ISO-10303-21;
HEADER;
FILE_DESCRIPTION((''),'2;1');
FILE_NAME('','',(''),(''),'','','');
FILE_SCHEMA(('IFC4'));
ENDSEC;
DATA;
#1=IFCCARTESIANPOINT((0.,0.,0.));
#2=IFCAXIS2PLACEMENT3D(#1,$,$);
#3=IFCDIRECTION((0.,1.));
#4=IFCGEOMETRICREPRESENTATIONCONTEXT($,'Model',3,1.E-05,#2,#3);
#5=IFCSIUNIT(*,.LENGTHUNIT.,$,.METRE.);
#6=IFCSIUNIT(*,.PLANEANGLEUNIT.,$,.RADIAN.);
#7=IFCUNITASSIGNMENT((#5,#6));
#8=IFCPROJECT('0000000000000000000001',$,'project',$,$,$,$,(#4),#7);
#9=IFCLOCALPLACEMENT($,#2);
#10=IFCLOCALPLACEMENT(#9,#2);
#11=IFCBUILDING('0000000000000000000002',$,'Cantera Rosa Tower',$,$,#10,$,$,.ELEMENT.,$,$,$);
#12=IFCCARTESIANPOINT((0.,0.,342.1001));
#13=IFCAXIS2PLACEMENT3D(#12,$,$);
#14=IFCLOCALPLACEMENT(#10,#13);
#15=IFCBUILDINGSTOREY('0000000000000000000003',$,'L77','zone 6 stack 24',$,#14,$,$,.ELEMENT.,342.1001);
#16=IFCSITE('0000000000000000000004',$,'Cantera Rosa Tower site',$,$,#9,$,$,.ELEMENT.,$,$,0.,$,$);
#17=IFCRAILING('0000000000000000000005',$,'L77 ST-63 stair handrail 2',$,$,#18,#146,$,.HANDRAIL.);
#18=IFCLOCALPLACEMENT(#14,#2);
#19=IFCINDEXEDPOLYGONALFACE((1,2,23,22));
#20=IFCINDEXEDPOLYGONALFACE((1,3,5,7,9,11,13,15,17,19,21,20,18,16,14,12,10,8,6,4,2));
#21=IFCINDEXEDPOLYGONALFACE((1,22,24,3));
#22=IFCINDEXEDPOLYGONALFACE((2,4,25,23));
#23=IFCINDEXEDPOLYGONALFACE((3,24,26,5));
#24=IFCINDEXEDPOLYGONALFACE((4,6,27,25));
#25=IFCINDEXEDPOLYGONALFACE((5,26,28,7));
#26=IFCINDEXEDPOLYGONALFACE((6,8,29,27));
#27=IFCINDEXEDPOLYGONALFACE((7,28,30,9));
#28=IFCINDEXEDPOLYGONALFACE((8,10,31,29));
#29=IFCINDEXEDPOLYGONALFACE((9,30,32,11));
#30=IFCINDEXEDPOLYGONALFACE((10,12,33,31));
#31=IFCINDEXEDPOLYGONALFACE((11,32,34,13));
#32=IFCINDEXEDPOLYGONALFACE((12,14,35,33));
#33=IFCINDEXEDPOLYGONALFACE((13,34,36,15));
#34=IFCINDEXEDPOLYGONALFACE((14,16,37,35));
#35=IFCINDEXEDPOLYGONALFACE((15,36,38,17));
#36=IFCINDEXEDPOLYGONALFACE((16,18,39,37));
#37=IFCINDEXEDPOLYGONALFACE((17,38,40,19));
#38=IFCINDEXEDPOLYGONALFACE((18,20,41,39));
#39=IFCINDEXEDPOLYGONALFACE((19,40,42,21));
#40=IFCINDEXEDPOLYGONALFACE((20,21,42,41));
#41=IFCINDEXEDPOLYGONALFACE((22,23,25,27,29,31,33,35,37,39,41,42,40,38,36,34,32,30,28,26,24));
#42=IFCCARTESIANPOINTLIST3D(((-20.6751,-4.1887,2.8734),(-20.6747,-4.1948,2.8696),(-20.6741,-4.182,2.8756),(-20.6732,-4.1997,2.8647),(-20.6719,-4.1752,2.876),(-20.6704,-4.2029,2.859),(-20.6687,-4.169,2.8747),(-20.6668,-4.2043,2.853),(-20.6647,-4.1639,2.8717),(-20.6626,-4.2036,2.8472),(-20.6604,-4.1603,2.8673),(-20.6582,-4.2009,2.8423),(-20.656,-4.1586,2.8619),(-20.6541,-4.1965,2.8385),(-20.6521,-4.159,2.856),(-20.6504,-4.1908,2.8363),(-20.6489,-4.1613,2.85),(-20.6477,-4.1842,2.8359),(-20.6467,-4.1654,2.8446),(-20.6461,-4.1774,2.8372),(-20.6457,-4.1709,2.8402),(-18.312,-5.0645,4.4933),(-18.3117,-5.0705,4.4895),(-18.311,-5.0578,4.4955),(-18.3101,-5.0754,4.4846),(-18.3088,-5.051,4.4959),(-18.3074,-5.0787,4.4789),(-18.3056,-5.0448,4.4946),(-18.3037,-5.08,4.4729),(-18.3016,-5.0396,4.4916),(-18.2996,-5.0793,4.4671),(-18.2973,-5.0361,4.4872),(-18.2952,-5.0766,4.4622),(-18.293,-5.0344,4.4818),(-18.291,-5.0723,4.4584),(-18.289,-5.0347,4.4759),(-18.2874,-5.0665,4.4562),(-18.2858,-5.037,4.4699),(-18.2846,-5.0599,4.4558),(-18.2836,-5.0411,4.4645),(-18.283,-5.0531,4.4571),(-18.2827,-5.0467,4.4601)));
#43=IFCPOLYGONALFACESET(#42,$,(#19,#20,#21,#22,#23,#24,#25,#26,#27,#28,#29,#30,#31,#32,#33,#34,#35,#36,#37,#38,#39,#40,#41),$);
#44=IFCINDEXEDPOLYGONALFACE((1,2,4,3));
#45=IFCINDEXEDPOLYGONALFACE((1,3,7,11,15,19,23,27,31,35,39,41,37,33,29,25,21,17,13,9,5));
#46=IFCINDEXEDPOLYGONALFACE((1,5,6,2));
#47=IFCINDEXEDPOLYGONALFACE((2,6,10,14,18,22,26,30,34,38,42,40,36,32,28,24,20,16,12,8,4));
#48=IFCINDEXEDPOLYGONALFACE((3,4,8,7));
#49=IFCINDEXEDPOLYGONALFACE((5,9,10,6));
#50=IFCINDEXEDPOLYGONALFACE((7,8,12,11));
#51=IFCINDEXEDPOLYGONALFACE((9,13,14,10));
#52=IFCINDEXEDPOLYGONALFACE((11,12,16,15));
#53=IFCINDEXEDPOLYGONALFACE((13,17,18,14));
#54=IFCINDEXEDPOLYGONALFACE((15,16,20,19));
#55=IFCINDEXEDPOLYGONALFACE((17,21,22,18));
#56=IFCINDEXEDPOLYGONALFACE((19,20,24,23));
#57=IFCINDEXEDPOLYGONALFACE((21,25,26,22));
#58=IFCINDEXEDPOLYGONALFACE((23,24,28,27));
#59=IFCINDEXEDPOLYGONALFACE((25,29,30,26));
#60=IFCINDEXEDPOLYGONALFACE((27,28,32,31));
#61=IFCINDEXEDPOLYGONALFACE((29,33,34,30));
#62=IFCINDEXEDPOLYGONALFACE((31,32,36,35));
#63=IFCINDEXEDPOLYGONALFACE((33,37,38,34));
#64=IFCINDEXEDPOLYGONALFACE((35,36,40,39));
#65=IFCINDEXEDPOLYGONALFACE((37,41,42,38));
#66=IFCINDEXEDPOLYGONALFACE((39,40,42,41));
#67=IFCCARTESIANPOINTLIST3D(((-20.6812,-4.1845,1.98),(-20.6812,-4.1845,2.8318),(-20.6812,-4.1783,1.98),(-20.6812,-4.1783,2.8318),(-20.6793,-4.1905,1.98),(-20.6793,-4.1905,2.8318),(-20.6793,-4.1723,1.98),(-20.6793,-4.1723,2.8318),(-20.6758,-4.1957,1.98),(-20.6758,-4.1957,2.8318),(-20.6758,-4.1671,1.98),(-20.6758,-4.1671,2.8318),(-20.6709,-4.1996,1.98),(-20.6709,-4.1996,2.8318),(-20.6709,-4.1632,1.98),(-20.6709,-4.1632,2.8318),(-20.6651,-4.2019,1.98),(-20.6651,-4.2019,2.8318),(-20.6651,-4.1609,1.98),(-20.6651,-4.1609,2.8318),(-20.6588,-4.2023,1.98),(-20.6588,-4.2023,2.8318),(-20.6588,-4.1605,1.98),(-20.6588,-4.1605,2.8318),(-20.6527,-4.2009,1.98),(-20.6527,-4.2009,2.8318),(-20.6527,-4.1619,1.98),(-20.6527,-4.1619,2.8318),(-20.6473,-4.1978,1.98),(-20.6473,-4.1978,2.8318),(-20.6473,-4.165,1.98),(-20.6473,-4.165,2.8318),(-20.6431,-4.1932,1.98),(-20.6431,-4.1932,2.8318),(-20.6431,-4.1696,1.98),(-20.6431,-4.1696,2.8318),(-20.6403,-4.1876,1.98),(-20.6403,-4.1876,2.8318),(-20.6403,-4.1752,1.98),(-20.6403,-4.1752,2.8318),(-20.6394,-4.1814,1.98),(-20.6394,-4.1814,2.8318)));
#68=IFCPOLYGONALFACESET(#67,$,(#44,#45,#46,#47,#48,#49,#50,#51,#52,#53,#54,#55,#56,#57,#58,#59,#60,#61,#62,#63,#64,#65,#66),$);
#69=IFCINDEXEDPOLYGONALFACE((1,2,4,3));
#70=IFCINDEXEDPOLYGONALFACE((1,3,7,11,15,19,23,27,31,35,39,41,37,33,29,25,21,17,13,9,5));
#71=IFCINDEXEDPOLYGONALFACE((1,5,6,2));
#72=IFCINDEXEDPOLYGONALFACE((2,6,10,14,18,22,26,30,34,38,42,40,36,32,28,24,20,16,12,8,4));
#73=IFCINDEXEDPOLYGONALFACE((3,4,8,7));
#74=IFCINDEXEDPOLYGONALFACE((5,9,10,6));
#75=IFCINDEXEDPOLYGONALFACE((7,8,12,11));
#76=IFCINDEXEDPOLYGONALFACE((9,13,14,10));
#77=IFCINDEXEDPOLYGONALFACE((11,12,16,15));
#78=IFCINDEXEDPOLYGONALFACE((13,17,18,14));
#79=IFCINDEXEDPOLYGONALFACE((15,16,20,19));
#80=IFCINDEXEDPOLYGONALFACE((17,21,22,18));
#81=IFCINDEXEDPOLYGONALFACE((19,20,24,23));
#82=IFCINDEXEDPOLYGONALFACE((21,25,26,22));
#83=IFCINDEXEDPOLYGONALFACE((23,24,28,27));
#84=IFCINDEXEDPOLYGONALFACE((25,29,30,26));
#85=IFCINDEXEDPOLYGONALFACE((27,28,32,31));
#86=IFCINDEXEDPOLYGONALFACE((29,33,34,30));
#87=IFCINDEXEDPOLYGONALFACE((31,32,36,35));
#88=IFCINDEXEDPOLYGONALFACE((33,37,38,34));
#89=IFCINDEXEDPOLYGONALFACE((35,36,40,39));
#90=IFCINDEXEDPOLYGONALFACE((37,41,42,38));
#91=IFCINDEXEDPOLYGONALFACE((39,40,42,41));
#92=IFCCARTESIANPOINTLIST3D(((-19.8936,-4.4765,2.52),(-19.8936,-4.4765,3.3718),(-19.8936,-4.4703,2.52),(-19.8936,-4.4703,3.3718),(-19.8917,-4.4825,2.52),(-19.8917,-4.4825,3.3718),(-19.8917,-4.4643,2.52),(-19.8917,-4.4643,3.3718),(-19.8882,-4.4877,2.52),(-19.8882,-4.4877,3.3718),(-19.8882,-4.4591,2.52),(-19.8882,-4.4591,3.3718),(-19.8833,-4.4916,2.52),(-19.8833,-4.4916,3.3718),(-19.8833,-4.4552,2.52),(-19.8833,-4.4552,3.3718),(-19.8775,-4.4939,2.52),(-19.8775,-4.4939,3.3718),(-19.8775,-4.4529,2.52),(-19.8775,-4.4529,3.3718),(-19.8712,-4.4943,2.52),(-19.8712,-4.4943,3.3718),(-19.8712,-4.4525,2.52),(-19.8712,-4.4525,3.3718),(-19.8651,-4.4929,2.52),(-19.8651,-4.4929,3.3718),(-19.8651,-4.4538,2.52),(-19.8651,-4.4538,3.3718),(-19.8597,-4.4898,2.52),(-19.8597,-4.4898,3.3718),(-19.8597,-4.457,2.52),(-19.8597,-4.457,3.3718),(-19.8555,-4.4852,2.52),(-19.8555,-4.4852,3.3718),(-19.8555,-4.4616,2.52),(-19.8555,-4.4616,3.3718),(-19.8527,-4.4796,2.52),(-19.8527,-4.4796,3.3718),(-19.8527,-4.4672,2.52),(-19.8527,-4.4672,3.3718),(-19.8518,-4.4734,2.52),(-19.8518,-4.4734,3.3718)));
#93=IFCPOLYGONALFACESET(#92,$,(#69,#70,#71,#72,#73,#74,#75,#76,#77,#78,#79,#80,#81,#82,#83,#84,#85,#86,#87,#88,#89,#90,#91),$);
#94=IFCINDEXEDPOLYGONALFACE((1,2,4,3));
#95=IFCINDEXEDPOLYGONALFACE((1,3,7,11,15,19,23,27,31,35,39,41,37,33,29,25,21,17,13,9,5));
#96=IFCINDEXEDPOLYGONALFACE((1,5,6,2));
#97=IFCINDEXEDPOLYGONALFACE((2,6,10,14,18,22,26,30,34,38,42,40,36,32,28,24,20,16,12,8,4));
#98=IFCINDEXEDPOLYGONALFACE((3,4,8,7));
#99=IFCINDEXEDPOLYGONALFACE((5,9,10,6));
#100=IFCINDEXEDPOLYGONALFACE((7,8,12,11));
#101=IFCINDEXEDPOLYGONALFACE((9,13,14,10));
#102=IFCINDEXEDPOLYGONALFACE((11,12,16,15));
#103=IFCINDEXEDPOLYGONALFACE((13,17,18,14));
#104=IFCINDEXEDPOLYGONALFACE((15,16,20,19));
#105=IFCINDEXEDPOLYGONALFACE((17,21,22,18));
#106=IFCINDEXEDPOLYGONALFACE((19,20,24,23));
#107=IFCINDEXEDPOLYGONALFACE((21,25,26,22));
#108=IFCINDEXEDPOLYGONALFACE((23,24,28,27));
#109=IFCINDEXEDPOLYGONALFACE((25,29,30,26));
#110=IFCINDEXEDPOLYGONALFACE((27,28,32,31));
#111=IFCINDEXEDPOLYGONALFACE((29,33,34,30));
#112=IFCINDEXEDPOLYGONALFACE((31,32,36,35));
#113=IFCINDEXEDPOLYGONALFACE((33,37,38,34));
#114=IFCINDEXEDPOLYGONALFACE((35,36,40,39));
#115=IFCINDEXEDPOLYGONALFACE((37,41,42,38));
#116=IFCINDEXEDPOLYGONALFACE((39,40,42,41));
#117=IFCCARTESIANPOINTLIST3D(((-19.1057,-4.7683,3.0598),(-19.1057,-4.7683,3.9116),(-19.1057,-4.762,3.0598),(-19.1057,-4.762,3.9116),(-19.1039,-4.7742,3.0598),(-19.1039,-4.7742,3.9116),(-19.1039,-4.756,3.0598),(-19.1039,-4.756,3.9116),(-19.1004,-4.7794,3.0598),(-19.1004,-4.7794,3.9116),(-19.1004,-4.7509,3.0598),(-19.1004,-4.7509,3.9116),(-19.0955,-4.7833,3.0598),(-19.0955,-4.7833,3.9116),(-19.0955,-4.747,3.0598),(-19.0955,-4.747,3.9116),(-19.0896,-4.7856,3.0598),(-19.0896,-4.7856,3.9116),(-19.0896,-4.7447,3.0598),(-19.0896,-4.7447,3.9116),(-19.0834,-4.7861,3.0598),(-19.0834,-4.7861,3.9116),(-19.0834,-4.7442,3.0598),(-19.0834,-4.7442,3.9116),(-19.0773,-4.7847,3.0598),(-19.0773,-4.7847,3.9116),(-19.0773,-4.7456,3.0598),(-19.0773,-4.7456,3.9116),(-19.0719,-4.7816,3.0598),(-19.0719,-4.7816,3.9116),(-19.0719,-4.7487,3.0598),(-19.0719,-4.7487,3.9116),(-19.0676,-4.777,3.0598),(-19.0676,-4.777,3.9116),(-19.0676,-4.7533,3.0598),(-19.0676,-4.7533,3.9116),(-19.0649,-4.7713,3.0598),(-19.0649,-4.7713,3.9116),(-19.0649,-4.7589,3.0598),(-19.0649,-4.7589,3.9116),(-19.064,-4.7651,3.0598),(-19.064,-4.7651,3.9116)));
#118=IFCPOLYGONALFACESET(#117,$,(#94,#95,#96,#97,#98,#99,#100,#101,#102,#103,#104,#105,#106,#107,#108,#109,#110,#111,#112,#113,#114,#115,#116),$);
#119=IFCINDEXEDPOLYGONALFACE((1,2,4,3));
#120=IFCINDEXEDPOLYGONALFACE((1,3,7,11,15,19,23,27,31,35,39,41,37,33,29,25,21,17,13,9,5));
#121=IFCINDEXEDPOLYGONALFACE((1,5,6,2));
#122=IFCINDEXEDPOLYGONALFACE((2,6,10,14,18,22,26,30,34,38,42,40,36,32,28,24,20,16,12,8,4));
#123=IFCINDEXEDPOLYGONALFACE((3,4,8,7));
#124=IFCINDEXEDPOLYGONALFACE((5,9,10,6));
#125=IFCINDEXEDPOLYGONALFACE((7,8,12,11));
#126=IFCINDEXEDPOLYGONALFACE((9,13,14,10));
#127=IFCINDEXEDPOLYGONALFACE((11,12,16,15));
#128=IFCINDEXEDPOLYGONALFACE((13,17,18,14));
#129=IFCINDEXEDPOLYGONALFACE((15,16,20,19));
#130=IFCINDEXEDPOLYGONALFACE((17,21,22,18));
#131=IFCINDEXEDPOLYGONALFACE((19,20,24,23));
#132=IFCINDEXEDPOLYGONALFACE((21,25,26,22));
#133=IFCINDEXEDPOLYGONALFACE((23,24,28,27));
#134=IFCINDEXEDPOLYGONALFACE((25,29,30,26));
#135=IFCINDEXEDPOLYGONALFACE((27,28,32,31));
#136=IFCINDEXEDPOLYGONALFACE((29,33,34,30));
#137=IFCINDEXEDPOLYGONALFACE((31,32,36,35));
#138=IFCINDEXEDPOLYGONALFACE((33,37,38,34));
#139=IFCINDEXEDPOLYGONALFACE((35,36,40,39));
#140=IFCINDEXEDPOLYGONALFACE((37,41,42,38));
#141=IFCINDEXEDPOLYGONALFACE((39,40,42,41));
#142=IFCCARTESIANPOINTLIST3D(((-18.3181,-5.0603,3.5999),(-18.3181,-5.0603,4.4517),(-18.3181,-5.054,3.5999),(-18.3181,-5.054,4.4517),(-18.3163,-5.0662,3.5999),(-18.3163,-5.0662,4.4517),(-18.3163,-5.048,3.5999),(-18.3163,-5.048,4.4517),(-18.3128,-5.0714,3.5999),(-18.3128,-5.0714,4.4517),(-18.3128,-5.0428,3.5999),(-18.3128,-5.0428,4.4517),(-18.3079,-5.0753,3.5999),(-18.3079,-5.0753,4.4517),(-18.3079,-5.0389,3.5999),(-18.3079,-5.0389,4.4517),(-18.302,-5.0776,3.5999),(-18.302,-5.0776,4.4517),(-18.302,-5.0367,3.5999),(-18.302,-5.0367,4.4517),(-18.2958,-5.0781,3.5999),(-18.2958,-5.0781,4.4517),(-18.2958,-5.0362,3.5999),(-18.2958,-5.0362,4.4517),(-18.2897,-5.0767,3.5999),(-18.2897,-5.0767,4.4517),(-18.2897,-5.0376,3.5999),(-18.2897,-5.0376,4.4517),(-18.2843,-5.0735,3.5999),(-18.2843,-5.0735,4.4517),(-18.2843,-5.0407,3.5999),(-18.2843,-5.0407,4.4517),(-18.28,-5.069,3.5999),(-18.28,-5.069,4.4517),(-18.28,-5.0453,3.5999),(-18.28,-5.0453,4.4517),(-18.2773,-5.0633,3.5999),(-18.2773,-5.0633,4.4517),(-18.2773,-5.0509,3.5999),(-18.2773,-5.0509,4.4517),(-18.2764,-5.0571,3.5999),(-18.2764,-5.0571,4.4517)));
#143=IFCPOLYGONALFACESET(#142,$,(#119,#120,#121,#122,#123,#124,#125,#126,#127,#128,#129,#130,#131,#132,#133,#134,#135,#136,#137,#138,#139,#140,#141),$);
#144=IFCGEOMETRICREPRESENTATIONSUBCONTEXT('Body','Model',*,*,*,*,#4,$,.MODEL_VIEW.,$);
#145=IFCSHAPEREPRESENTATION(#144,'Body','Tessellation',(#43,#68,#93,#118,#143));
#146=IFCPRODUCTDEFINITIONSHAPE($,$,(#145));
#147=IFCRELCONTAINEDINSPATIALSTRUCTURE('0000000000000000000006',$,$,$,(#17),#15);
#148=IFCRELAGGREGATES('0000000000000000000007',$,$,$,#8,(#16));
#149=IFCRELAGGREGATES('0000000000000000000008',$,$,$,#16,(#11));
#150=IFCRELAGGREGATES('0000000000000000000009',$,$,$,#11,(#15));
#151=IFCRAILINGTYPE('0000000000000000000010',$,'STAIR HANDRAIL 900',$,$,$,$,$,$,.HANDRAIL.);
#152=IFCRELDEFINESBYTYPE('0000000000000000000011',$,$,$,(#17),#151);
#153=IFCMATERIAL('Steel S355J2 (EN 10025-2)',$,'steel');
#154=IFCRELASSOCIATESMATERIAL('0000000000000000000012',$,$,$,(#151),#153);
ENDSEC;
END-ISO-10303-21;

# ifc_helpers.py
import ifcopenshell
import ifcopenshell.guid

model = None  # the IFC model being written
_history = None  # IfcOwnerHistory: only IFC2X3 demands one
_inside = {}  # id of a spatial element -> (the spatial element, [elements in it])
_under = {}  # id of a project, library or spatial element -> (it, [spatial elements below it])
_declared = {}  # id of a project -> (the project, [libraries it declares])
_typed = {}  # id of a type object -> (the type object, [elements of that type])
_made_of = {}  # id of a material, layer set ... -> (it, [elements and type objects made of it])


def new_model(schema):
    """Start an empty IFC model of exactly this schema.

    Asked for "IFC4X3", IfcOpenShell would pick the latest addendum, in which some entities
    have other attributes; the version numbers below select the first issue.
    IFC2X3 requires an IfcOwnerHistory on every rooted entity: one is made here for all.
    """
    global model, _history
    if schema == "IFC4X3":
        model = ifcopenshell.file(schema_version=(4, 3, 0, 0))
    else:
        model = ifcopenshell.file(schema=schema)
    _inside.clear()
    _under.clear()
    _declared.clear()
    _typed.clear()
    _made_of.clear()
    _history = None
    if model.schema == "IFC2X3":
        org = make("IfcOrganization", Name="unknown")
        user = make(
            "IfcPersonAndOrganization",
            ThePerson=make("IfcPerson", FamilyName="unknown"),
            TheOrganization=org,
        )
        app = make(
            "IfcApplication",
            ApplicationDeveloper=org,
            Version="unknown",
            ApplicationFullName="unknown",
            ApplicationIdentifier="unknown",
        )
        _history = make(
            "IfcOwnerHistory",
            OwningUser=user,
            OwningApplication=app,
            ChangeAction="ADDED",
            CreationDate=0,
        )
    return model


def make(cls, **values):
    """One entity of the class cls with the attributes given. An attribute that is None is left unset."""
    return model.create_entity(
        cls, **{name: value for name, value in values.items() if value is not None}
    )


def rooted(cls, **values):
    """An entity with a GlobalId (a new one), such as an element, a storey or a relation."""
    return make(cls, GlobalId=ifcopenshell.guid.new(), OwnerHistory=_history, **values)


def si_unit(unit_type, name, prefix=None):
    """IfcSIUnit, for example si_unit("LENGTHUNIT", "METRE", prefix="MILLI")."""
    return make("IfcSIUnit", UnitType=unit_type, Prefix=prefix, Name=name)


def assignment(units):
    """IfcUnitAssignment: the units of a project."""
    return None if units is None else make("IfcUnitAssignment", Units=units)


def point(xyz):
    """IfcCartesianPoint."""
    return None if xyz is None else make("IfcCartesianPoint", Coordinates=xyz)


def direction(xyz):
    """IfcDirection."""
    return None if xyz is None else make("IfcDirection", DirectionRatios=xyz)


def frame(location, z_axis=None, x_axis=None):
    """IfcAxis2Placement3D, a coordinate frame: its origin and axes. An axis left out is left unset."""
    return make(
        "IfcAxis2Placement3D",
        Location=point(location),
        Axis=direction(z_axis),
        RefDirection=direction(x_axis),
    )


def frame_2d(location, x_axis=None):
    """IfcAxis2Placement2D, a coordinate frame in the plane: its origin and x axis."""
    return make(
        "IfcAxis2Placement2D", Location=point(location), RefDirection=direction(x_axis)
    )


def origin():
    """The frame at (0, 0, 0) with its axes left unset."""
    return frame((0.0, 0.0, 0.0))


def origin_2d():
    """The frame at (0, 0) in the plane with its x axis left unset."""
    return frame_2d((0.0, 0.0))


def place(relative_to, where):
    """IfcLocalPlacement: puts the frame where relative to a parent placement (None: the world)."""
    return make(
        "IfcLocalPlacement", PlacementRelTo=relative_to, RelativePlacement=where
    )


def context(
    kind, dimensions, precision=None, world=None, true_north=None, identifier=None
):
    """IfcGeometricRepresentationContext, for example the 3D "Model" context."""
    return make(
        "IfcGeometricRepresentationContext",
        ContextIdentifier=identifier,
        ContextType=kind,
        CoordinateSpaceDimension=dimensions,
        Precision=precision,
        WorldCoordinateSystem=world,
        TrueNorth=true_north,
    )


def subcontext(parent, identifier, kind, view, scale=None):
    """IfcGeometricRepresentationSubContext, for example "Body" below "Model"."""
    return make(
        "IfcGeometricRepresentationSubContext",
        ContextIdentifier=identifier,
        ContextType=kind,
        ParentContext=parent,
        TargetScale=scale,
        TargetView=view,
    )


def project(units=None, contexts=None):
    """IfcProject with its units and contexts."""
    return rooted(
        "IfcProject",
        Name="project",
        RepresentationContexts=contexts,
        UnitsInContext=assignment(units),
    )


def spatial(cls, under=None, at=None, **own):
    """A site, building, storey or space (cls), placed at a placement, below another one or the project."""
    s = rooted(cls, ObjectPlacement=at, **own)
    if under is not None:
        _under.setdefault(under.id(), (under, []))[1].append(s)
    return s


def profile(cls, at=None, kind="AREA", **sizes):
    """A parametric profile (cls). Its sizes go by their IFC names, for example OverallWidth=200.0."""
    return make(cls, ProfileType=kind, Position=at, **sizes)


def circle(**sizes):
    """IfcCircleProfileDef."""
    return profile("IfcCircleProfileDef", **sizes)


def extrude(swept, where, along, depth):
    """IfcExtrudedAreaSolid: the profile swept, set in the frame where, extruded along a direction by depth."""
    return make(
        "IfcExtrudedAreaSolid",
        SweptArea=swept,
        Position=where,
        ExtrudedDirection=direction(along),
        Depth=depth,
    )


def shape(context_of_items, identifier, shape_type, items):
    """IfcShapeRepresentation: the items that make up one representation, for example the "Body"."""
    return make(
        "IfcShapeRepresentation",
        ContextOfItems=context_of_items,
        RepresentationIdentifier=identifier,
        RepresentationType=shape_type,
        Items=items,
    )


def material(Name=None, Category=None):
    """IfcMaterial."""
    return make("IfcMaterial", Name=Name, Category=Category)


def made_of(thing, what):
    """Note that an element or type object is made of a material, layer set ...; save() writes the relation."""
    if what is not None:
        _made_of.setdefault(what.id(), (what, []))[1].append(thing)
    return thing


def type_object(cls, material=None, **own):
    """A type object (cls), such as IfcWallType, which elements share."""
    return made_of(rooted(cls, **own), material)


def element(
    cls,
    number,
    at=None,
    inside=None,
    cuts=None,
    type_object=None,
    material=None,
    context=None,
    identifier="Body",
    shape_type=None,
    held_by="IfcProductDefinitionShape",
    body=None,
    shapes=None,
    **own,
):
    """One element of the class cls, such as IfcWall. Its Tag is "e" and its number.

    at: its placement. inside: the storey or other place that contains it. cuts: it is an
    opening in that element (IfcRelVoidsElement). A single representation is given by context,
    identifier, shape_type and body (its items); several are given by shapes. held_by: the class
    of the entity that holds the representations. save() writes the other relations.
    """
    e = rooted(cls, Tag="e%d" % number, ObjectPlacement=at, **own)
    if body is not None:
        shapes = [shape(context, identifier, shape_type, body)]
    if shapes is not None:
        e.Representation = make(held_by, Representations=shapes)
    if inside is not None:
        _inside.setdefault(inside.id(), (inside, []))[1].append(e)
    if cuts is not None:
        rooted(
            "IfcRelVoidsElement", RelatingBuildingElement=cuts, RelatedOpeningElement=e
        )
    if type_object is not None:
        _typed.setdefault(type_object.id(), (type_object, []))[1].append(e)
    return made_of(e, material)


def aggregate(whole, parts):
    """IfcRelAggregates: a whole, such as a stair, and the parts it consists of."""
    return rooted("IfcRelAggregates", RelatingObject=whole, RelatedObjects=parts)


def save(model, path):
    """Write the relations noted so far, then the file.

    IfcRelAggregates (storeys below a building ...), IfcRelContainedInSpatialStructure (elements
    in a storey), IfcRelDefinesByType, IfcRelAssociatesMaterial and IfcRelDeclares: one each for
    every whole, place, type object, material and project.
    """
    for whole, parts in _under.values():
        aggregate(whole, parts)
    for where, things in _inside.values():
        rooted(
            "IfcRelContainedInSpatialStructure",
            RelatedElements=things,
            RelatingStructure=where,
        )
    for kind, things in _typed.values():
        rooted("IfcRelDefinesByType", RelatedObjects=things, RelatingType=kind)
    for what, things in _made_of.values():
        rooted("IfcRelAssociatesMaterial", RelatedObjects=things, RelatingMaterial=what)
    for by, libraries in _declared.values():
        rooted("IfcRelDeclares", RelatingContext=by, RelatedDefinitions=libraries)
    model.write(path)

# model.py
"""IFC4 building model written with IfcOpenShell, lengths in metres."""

from ifc_helpers import new_model, si_unit, direction, frame, origin, origin_2d, place, context, subcontext, project, spatial, circle, extrude, material, type_object, element, save


model = new_model("IFC4")

# Units and contexts
model_context = context("Model", 3, precision=1e-05, world=origin(), true_north=direction((0.0, 1.0)))
body_context = subcontext(model_context, "Body", "Model", "MODEL_VIEW")
ifc_project = project(units=[si_unit("LENGTHUNIT", "METRE"), si_unit("PLANEANGLEUNIT", "RADIAN")], contexts=[model_context])

# Site, building, storey
site_placement = place(None, origin())
site = spatial("IfcSite", under=ifc_project, at=site_placement, Name="Cantera Rosa Tower site", CompositionType="ELEMENT", RefElevation=0.0)
building_placement = place(site_placement, origin())
building = spatial("IfcBuilding", under=site, at=building_placement, Name="Cantera Rosa Tower", CompositionType="ELEMENT")
storey_placement = place(building_placement, frame((0.0, 0.0, 342.1001)))
storey = spatial("IfcBuildingStorey", under=building, at=storey_placement, Name="L77", Description="zone 6 stack 24", CompositionType="ELEMENT", Elevation=342.1001)

# Railing
ifc_material_1 = material(Name="Steel S355J2 (EN 10025-2)", Category="steel")
railing_type_1 = type_object("IfcRailingType", Name="STAIR HANDRAIL 900", PredefinedType="HANDRAIL", material=ifc_material_1)
railing_1_placement = place(storey_placement, frame((-20.6604, -4.1814, 1.98)))
element("IfcRailing", 1, at=railing_1_placement, inside=storey, type_object=railing_type_1, Name="L77 ST-63 stair handrail 2", PredefinedType="HANDRAIL", context=body_context, shape_type="SweptSolid", body=[
    extrude(circle(Radius=0.0239, at=origin_2d()), frame((0.0, 0.0, 0.876), z_axis=(0.788782, -0.29232, 0.540714), x_axis=(0.347501, 0.93768, 0.0)), (0.0, 0.0, 1.0), 2.9958),
    extrude(circle(Radius=0.021, at=origin_2d()), origin(), (0.0, 0.0, 1.0), 0.8518),
    extrude(circle(Radius=0.021, at=origin_2d()), frame((0.7876, -0.292, 0.54)), (0.0, 0.0, 1.0), 0.8518),
    extrude(circle(Radius=0.021, at=origin_2d()), frame((1.5754, -0.5837, 1.0798)), (0.0, 0.0, 1.0), 0.8518),
    extrude(circle(Radius=0.021, at=origin_2d()), frame((2.363, -0.8757, 1.6199)), (0.0, 0.0, 1.0), 0.8518),
])

save(model, "model.ifc")
